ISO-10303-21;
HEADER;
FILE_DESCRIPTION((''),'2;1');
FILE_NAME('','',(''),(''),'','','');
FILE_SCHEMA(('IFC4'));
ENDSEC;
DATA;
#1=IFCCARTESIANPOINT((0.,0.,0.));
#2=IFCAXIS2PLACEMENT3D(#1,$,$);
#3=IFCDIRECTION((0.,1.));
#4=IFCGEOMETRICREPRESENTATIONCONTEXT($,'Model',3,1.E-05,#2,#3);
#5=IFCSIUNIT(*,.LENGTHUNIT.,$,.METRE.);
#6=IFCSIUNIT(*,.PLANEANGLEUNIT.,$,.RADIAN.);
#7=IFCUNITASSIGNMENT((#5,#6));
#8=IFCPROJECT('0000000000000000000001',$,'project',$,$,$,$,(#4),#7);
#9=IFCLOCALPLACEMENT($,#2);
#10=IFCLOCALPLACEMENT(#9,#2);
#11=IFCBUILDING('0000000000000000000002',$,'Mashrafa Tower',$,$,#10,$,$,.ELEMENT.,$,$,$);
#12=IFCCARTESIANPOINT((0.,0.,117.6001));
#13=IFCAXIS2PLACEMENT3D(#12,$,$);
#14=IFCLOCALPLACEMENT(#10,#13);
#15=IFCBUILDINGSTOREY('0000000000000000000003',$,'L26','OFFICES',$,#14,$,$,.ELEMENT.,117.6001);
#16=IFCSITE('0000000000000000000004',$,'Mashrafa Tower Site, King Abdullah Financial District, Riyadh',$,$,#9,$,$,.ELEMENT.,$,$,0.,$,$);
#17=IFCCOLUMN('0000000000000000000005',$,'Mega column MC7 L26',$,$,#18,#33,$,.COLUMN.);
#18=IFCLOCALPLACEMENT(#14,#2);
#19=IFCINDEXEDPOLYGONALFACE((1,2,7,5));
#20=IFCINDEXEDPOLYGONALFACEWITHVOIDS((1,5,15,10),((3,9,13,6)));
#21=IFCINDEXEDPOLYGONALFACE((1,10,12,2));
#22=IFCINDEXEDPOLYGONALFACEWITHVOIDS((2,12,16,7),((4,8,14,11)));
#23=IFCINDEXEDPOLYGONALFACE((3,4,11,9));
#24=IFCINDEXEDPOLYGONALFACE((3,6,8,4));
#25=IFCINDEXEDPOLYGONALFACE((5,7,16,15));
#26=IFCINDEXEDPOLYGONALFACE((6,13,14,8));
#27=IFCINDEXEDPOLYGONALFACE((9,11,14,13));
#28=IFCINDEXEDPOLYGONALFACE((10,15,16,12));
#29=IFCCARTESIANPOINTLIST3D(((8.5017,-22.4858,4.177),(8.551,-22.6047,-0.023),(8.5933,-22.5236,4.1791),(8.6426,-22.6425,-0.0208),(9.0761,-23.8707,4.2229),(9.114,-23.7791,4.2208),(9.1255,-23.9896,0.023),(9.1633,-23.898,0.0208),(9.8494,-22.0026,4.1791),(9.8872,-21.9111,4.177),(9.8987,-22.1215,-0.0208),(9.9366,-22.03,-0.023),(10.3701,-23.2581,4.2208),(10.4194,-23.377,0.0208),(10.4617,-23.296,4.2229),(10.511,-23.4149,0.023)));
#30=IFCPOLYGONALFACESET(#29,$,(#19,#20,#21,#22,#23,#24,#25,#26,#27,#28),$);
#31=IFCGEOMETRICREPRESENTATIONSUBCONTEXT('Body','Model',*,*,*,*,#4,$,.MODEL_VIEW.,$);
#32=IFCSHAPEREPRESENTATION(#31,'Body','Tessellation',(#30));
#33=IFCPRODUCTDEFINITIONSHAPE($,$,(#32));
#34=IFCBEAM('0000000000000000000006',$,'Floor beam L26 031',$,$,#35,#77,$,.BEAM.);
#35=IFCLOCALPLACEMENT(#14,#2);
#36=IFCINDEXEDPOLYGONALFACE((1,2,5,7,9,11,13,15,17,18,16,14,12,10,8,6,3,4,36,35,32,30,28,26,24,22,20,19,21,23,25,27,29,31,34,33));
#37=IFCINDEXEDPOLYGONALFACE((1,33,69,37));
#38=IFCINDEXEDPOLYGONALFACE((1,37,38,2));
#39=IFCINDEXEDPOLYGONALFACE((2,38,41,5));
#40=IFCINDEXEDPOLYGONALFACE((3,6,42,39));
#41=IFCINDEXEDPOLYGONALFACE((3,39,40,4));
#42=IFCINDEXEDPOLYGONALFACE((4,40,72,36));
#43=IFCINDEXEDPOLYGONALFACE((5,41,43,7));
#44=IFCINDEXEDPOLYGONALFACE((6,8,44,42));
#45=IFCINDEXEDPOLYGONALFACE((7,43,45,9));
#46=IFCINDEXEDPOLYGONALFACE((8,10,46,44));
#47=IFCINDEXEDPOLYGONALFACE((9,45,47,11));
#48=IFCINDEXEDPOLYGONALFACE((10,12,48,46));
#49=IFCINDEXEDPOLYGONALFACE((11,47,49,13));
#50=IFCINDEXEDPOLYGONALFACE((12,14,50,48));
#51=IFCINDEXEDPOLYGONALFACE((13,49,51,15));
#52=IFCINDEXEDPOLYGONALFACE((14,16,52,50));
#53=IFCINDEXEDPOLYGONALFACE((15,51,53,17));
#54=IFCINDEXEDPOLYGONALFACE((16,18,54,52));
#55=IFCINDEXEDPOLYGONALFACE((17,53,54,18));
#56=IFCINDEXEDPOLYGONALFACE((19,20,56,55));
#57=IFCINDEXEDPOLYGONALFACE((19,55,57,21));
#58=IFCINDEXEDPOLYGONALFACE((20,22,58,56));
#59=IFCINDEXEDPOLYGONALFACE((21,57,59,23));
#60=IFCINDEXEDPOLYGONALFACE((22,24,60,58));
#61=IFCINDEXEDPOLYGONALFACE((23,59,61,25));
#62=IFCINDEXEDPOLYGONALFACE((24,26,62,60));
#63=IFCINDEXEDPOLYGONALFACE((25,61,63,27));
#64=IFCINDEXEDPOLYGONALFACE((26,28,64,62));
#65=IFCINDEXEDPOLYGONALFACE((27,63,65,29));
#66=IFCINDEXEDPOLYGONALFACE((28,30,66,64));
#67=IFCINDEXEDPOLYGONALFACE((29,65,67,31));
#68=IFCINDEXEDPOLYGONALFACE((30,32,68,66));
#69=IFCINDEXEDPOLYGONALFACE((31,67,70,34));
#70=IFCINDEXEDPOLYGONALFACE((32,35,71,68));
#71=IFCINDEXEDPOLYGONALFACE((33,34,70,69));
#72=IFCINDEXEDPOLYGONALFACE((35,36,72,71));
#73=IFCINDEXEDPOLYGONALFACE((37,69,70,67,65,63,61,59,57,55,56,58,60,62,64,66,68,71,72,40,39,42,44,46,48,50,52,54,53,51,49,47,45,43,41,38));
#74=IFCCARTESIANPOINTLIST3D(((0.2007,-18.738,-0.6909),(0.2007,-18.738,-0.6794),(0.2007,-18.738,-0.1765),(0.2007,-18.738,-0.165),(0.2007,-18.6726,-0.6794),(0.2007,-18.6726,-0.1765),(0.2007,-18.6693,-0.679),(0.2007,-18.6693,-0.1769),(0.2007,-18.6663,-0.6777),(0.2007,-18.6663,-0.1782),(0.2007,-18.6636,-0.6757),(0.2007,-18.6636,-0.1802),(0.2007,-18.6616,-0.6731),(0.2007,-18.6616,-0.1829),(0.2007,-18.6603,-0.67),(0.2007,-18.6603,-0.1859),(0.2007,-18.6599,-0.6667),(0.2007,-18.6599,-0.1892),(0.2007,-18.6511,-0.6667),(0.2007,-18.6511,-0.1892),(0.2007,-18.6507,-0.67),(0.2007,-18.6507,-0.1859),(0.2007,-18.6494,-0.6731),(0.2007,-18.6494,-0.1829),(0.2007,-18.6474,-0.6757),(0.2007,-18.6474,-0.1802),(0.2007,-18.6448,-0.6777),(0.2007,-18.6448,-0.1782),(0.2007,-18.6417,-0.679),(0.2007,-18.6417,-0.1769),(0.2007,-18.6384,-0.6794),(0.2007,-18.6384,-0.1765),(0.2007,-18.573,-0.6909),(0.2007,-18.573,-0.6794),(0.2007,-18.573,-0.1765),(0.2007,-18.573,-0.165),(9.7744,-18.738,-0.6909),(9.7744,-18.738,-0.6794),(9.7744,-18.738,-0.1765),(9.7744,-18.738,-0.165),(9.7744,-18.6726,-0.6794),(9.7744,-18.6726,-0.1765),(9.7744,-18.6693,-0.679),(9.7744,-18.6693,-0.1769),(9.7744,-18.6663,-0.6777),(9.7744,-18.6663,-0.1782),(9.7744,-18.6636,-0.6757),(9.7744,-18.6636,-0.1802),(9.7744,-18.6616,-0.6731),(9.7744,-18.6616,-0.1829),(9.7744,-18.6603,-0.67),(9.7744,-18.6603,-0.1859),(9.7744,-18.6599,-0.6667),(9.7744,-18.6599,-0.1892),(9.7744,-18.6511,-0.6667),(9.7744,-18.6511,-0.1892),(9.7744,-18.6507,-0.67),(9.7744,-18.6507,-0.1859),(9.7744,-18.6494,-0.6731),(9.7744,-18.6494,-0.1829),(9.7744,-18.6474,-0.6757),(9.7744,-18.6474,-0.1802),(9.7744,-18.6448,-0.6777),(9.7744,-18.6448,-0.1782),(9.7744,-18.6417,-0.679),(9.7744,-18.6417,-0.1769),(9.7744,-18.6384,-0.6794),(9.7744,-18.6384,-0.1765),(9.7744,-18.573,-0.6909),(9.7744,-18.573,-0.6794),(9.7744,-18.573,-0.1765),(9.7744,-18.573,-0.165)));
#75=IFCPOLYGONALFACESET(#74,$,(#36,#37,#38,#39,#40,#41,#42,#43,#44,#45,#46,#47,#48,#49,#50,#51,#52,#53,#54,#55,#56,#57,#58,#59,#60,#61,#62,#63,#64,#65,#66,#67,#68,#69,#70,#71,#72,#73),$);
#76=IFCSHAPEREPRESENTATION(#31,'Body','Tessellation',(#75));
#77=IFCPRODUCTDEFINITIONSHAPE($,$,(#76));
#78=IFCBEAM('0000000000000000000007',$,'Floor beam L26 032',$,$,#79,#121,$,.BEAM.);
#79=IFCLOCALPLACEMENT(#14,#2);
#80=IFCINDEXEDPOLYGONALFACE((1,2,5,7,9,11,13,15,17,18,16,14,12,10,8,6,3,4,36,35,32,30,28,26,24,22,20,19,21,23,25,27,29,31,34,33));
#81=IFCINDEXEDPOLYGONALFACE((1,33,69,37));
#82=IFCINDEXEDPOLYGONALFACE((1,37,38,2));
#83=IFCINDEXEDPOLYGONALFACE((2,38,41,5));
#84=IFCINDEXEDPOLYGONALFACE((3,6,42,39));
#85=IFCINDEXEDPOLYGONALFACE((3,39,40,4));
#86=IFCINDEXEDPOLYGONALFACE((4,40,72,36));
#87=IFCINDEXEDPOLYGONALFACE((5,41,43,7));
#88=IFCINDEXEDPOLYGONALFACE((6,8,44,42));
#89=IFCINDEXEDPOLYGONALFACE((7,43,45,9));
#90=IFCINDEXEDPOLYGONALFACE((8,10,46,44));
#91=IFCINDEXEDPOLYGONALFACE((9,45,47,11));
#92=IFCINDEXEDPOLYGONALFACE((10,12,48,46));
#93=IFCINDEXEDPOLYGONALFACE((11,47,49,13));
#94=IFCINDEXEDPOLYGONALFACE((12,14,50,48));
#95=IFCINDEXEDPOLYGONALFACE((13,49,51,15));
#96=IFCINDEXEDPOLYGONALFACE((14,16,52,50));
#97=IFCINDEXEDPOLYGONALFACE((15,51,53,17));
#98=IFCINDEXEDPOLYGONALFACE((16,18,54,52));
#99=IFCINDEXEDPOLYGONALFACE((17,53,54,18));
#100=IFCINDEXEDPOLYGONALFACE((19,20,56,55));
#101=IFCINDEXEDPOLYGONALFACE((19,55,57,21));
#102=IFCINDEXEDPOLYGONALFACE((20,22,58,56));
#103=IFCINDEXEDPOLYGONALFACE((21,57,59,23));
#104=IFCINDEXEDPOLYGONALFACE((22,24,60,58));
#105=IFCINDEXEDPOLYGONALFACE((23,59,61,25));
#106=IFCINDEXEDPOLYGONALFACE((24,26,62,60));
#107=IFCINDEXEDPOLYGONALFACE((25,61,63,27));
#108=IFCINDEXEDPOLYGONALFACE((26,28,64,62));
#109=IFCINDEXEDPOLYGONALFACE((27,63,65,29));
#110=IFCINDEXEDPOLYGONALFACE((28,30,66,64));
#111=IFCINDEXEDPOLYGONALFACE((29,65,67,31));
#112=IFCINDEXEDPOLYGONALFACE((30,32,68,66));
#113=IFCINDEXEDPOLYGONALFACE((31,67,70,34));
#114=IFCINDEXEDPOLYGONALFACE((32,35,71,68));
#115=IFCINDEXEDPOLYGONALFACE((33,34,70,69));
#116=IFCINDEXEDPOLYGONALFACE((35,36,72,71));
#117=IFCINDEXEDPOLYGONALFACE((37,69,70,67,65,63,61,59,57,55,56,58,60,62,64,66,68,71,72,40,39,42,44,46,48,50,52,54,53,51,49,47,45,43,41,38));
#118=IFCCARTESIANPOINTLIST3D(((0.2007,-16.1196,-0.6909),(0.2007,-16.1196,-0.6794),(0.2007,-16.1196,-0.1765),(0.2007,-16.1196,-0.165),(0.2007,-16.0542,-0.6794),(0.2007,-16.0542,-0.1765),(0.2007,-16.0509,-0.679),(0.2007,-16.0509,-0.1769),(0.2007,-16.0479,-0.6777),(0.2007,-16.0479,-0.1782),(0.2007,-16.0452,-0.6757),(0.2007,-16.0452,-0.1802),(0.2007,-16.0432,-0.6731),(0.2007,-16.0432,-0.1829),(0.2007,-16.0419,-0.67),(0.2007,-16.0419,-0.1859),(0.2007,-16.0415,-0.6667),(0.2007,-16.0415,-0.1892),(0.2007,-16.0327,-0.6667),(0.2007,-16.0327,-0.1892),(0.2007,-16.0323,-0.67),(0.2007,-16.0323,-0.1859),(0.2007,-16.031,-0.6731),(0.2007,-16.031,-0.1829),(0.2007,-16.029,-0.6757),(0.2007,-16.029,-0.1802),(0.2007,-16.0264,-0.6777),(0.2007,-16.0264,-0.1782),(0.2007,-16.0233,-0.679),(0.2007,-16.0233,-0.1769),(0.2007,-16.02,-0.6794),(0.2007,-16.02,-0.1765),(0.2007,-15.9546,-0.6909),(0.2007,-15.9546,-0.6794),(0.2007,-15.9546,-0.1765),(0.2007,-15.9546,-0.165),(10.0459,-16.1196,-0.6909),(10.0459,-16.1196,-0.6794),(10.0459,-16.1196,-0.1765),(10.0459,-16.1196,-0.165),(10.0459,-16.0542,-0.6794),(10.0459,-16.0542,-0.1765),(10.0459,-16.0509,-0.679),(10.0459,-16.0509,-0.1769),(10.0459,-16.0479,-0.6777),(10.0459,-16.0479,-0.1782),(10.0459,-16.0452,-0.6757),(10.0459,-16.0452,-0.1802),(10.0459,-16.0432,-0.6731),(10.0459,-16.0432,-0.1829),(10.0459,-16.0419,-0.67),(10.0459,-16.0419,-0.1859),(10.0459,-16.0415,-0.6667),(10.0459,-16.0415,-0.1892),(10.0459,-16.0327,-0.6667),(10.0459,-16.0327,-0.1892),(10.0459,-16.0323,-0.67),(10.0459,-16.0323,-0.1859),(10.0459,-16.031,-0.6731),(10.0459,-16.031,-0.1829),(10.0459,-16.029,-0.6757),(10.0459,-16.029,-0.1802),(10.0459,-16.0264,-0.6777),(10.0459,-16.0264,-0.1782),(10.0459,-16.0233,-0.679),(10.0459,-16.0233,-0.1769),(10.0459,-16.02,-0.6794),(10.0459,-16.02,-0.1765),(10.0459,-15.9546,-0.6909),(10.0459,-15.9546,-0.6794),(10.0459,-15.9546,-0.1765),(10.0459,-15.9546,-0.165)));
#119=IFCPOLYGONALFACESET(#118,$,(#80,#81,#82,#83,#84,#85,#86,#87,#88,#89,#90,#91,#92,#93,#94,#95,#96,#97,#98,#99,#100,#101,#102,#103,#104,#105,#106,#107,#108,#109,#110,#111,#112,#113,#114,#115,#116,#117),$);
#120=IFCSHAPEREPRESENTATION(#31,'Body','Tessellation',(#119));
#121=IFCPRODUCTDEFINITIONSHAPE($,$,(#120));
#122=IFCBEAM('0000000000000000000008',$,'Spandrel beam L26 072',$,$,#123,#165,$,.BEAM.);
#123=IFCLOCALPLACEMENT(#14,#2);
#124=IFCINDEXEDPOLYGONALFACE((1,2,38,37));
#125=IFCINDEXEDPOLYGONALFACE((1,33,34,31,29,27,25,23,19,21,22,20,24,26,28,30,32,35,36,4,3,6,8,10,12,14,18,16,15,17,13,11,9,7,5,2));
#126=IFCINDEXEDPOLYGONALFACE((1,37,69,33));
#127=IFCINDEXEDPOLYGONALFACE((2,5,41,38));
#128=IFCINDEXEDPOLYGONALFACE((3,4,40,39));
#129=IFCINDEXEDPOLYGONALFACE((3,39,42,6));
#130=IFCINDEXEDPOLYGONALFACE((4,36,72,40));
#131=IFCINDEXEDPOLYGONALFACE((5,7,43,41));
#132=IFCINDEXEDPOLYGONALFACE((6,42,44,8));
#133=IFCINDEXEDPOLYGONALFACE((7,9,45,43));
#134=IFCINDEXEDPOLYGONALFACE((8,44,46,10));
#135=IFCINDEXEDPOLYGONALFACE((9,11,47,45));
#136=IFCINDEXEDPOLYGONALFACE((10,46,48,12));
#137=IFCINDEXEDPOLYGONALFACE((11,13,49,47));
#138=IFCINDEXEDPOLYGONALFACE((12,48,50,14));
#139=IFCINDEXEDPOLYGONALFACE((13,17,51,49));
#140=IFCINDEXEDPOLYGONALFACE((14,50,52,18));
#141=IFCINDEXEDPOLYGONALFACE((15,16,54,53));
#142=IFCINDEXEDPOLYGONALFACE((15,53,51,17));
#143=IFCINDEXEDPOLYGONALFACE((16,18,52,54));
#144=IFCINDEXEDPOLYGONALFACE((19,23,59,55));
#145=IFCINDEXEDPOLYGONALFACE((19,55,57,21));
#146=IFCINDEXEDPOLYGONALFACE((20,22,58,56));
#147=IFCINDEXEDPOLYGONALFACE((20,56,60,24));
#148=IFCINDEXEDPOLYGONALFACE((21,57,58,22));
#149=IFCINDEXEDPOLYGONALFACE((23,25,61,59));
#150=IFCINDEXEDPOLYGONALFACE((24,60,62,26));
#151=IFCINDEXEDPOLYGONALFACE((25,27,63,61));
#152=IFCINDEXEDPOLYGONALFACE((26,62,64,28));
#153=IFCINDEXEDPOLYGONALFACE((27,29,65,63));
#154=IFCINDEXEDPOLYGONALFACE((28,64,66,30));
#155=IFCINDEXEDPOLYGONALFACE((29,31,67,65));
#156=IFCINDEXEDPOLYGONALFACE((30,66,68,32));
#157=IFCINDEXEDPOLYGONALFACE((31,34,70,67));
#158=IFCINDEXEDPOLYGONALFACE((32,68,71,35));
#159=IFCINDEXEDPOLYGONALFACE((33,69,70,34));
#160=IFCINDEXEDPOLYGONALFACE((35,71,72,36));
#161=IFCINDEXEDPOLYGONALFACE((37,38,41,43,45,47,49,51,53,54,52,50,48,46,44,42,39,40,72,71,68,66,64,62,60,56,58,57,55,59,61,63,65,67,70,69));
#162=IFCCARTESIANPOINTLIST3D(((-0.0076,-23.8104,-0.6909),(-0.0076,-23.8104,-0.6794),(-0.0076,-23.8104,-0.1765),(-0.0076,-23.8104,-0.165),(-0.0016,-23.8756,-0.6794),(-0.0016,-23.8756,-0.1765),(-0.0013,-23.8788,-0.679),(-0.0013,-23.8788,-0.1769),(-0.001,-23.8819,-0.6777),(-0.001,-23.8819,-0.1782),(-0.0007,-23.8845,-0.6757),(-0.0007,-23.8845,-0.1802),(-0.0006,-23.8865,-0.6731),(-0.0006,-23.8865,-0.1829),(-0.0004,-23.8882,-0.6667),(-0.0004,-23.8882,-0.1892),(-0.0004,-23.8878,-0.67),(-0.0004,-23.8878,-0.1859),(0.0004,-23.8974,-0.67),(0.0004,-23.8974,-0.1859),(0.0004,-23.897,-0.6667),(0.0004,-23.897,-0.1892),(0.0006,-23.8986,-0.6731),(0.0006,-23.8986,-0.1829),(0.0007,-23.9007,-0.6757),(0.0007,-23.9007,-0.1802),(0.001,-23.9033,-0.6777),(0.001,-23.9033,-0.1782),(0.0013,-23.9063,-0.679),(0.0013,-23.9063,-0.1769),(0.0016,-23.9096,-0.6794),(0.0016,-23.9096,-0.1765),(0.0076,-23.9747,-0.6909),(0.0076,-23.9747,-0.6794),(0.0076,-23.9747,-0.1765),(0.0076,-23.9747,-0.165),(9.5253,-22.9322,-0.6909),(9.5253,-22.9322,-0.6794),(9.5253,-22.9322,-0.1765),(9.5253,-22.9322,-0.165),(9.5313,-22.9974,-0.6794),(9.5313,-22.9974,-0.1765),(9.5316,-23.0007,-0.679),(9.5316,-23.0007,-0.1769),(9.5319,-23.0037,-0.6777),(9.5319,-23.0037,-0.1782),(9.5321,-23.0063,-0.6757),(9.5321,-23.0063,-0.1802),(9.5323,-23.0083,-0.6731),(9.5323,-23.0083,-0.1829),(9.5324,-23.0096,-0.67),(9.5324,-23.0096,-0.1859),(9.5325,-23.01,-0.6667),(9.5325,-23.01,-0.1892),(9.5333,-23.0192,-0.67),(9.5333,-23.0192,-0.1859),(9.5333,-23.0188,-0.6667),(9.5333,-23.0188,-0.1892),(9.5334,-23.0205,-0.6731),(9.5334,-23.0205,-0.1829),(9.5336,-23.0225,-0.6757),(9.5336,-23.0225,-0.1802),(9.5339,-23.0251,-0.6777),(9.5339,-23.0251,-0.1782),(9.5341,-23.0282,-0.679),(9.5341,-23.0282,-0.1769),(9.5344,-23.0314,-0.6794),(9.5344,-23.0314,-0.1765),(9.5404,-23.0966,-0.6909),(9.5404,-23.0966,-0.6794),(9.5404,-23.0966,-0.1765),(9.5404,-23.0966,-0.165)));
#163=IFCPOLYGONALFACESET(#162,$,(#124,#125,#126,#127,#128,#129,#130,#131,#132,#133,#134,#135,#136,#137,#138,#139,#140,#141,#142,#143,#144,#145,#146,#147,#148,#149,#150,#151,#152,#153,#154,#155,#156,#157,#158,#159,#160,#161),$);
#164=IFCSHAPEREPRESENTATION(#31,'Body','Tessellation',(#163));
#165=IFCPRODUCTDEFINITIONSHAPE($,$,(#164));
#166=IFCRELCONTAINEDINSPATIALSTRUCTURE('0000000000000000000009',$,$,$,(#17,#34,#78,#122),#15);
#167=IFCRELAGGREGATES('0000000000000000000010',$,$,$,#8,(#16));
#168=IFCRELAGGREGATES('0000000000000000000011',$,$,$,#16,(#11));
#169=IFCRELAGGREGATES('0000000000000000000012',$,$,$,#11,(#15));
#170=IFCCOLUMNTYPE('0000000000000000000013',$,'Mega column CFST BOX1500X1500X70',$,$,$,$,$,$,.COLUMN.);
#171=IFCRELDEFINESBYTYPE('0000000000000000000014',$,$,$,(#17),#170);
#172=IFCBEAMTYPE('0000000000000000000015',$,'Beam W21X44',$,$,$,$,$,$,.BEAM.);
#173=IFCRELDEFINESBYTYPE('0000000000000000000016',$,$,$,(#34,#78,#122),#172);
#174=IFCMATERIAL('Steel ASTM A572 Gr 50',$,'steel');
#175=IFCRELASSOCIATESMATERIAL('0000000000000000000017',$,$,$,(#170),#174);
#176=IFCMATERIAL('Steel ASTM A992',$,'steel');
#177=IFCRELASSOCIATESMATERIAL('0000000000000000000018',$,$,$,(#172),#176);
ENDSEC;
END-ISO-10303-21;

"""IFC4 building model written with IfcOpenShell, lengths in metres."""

from ifc_helpers import new_model, si_unit, direction, frame, origin, origin_2d, place, context, subcontext, project, spatial, hollow_rectangle, i_section, extrude, material, material_profile, profile_set, type_object, element, save


model = new_model("IFC4")

# Units and contexts
model_context = context("Model", 3, precision=1e-05, world=origin(), true_north=direction((0.0, 1.0)))
body_context = subcontext(model_context, "Body", "Model", "MODEL_VIEW")
ifc_project = project(units=[si_unit("LENGTHUNIT", "METRE"), si_unit("PLANEANGLEUNIT", "RADIAN")], contexts=[model_context])

# Site, building, storey
site_placement = place(None, origin())
site = spatial("IfcSite", under=ifc_project, at=site_placement, Name="Mashrafa Tower Site, King Abdullah Financial District, Riyadh", CompositionType="ELEMENT", RefElevation=0.0)
building_placement = place(site_placement, origin())
building = spatial("IfcBuilding", under=site, at=building_placement, Name="Mashrafa Tower", CompositionType="ELEMENT")
storey_placement = place(building_placement, frame((0.0, 0.0, 117.6001)))
storey = spatial("IfcBuildingStorey", under=building, at=storey_placement, Name="L26", Description="OFFICES", CompositionType="ELEMENT", Elevation=117.6001)

# Column
ifc_material_1 = material(Name="Steel ASTM A572 Gr 50", Category="steel")
ifc_material_profile_1 = material_profile(ifc_material_1, hollow_rectangle(XDim=1.5, YDim=1.5, WallThickness=0.0701, at=origin_2d()), Name="BOX1500X1500X70")
ifc_profile_set_1 = profile_set([ifc_material_profile_1], Name="Steel ASTM A572 Gr 50")
column_type = type_object("IfcColumnType", Name="Mega column CFST BOX1500X1500X70", PredefinedType="COLUMN", material=ifc_profile_set_1)
column_placement = place(storey_placement, frame((9.531, -23.0098, 0.0), z_axis=(-0.011737, 0.028296, 0.999531), x_axis=(-0.923693, -0.383133, 0.0)))
element("IfcColumn", 1, at=column_placement, inside=storey, type_object=column_type, Name="Mega column MC7 L26", PredefinedType="COLUMN", context=body_context, shape_type="SweptSolid", body=[
    extrude(hollow_rectangle(XDim=1.5, YDim=1.5, WallThickness=0.0701, at=origin_2d()), origin(), (0.0, 0.0, 1.0), 4.2019),
])

# Beams
ifc_material_2 = material(Name="Steel ASTM A992", Category="steel")
ifc_material_profile_2 = material_profile(ifc_material_2, i_section(OverallWidth=0.165, OverallDepth=0.5259, WebThickness=0.0088, FlangeThickness=0.0115, FilletRadius=0.0127, at=origin_2d()), Name="W21X44")
ifc_profile_set_2 = profile_set([ifc_material_profile_2], Name="Steel ASTM A992")
beam_type_1 = type_object("IfcBeamType", Name="Beam W21X44", PredefinedType="BEAM", material=ifc_profile_set_2)
beam_1_placement = place(storey_placement, frame((9.7744, -18.6555, -0.428), z_axis=(-1.0, 0.0, 0.0), x_axis=(0.0, -1.0, 0.0)))
element("IfcBeam", 2, at=beam_1_placement, inside=storey, type_object=beam_type_1, Name="Floor beam L26 031", PredefinedType="BEAM", context=body_context, shape_type="SweptSolid", body=[
    extrude(i_section(OverallWidth=0.165, OverallDepth=0.5259, WebThickness=0.0088, FlangeThickness=0.0115, FilletRadius=0.0127, at=origin_2d()), origin(), (0.0, 0.0, 1.0), 9.5737),
])
beam_2_placement = place(storey_placement, frame((10.0459, -16.0371, -0.428), z_axis=(-1.0, 0.0, 0.0), x_axis=(0.0, -1.0, 0.0)))
element("IfcBeam", 3, at=beam_2_placement, inside=storey, type_object=beam_type_1, Name="Floor beam L26 032", PredefinedType="BEAM", context=body_context, shape_type="SweptSolid", body=[
    extrude(i_section(OverallWidth=0.165, OverallDepth=0.5259, WebThickness=0.0088, FlangeThickness=0.0115, FilletRadius=0.0127, at=origin_2d()), origin(), (0.0, 0.0, 1.0), 9.8452),
])
for number, where, z_axis, x_axis, name in (
    (4, (0.0, -23.8926, -0.428), (0.995784, 0.091731, 0.0), (-0.091731, 0.995784, 0.0), "Spandrel beam L26 072"),
):
    element("IfcBeam", number, at=place(storey_placement, frame(where, z_axis=z_axis, x_axis=x_axis)), inside=storey, type_object=beam_type_1, Name=name, PredefinedType="BEAM", context=body_context, shape_type="SweptSolid", body=[
        extrude(i_section(OverallWidth=0.165, OverallDepth=0.5259, WebThickness=0.0088, FlangeThickness=0.0115, FilletRadius=0.0127, at=origin_2d()), origin(), (0.0, 0.0, 1.0), 9.5732),
    ])

save(model, "model.ifc")
